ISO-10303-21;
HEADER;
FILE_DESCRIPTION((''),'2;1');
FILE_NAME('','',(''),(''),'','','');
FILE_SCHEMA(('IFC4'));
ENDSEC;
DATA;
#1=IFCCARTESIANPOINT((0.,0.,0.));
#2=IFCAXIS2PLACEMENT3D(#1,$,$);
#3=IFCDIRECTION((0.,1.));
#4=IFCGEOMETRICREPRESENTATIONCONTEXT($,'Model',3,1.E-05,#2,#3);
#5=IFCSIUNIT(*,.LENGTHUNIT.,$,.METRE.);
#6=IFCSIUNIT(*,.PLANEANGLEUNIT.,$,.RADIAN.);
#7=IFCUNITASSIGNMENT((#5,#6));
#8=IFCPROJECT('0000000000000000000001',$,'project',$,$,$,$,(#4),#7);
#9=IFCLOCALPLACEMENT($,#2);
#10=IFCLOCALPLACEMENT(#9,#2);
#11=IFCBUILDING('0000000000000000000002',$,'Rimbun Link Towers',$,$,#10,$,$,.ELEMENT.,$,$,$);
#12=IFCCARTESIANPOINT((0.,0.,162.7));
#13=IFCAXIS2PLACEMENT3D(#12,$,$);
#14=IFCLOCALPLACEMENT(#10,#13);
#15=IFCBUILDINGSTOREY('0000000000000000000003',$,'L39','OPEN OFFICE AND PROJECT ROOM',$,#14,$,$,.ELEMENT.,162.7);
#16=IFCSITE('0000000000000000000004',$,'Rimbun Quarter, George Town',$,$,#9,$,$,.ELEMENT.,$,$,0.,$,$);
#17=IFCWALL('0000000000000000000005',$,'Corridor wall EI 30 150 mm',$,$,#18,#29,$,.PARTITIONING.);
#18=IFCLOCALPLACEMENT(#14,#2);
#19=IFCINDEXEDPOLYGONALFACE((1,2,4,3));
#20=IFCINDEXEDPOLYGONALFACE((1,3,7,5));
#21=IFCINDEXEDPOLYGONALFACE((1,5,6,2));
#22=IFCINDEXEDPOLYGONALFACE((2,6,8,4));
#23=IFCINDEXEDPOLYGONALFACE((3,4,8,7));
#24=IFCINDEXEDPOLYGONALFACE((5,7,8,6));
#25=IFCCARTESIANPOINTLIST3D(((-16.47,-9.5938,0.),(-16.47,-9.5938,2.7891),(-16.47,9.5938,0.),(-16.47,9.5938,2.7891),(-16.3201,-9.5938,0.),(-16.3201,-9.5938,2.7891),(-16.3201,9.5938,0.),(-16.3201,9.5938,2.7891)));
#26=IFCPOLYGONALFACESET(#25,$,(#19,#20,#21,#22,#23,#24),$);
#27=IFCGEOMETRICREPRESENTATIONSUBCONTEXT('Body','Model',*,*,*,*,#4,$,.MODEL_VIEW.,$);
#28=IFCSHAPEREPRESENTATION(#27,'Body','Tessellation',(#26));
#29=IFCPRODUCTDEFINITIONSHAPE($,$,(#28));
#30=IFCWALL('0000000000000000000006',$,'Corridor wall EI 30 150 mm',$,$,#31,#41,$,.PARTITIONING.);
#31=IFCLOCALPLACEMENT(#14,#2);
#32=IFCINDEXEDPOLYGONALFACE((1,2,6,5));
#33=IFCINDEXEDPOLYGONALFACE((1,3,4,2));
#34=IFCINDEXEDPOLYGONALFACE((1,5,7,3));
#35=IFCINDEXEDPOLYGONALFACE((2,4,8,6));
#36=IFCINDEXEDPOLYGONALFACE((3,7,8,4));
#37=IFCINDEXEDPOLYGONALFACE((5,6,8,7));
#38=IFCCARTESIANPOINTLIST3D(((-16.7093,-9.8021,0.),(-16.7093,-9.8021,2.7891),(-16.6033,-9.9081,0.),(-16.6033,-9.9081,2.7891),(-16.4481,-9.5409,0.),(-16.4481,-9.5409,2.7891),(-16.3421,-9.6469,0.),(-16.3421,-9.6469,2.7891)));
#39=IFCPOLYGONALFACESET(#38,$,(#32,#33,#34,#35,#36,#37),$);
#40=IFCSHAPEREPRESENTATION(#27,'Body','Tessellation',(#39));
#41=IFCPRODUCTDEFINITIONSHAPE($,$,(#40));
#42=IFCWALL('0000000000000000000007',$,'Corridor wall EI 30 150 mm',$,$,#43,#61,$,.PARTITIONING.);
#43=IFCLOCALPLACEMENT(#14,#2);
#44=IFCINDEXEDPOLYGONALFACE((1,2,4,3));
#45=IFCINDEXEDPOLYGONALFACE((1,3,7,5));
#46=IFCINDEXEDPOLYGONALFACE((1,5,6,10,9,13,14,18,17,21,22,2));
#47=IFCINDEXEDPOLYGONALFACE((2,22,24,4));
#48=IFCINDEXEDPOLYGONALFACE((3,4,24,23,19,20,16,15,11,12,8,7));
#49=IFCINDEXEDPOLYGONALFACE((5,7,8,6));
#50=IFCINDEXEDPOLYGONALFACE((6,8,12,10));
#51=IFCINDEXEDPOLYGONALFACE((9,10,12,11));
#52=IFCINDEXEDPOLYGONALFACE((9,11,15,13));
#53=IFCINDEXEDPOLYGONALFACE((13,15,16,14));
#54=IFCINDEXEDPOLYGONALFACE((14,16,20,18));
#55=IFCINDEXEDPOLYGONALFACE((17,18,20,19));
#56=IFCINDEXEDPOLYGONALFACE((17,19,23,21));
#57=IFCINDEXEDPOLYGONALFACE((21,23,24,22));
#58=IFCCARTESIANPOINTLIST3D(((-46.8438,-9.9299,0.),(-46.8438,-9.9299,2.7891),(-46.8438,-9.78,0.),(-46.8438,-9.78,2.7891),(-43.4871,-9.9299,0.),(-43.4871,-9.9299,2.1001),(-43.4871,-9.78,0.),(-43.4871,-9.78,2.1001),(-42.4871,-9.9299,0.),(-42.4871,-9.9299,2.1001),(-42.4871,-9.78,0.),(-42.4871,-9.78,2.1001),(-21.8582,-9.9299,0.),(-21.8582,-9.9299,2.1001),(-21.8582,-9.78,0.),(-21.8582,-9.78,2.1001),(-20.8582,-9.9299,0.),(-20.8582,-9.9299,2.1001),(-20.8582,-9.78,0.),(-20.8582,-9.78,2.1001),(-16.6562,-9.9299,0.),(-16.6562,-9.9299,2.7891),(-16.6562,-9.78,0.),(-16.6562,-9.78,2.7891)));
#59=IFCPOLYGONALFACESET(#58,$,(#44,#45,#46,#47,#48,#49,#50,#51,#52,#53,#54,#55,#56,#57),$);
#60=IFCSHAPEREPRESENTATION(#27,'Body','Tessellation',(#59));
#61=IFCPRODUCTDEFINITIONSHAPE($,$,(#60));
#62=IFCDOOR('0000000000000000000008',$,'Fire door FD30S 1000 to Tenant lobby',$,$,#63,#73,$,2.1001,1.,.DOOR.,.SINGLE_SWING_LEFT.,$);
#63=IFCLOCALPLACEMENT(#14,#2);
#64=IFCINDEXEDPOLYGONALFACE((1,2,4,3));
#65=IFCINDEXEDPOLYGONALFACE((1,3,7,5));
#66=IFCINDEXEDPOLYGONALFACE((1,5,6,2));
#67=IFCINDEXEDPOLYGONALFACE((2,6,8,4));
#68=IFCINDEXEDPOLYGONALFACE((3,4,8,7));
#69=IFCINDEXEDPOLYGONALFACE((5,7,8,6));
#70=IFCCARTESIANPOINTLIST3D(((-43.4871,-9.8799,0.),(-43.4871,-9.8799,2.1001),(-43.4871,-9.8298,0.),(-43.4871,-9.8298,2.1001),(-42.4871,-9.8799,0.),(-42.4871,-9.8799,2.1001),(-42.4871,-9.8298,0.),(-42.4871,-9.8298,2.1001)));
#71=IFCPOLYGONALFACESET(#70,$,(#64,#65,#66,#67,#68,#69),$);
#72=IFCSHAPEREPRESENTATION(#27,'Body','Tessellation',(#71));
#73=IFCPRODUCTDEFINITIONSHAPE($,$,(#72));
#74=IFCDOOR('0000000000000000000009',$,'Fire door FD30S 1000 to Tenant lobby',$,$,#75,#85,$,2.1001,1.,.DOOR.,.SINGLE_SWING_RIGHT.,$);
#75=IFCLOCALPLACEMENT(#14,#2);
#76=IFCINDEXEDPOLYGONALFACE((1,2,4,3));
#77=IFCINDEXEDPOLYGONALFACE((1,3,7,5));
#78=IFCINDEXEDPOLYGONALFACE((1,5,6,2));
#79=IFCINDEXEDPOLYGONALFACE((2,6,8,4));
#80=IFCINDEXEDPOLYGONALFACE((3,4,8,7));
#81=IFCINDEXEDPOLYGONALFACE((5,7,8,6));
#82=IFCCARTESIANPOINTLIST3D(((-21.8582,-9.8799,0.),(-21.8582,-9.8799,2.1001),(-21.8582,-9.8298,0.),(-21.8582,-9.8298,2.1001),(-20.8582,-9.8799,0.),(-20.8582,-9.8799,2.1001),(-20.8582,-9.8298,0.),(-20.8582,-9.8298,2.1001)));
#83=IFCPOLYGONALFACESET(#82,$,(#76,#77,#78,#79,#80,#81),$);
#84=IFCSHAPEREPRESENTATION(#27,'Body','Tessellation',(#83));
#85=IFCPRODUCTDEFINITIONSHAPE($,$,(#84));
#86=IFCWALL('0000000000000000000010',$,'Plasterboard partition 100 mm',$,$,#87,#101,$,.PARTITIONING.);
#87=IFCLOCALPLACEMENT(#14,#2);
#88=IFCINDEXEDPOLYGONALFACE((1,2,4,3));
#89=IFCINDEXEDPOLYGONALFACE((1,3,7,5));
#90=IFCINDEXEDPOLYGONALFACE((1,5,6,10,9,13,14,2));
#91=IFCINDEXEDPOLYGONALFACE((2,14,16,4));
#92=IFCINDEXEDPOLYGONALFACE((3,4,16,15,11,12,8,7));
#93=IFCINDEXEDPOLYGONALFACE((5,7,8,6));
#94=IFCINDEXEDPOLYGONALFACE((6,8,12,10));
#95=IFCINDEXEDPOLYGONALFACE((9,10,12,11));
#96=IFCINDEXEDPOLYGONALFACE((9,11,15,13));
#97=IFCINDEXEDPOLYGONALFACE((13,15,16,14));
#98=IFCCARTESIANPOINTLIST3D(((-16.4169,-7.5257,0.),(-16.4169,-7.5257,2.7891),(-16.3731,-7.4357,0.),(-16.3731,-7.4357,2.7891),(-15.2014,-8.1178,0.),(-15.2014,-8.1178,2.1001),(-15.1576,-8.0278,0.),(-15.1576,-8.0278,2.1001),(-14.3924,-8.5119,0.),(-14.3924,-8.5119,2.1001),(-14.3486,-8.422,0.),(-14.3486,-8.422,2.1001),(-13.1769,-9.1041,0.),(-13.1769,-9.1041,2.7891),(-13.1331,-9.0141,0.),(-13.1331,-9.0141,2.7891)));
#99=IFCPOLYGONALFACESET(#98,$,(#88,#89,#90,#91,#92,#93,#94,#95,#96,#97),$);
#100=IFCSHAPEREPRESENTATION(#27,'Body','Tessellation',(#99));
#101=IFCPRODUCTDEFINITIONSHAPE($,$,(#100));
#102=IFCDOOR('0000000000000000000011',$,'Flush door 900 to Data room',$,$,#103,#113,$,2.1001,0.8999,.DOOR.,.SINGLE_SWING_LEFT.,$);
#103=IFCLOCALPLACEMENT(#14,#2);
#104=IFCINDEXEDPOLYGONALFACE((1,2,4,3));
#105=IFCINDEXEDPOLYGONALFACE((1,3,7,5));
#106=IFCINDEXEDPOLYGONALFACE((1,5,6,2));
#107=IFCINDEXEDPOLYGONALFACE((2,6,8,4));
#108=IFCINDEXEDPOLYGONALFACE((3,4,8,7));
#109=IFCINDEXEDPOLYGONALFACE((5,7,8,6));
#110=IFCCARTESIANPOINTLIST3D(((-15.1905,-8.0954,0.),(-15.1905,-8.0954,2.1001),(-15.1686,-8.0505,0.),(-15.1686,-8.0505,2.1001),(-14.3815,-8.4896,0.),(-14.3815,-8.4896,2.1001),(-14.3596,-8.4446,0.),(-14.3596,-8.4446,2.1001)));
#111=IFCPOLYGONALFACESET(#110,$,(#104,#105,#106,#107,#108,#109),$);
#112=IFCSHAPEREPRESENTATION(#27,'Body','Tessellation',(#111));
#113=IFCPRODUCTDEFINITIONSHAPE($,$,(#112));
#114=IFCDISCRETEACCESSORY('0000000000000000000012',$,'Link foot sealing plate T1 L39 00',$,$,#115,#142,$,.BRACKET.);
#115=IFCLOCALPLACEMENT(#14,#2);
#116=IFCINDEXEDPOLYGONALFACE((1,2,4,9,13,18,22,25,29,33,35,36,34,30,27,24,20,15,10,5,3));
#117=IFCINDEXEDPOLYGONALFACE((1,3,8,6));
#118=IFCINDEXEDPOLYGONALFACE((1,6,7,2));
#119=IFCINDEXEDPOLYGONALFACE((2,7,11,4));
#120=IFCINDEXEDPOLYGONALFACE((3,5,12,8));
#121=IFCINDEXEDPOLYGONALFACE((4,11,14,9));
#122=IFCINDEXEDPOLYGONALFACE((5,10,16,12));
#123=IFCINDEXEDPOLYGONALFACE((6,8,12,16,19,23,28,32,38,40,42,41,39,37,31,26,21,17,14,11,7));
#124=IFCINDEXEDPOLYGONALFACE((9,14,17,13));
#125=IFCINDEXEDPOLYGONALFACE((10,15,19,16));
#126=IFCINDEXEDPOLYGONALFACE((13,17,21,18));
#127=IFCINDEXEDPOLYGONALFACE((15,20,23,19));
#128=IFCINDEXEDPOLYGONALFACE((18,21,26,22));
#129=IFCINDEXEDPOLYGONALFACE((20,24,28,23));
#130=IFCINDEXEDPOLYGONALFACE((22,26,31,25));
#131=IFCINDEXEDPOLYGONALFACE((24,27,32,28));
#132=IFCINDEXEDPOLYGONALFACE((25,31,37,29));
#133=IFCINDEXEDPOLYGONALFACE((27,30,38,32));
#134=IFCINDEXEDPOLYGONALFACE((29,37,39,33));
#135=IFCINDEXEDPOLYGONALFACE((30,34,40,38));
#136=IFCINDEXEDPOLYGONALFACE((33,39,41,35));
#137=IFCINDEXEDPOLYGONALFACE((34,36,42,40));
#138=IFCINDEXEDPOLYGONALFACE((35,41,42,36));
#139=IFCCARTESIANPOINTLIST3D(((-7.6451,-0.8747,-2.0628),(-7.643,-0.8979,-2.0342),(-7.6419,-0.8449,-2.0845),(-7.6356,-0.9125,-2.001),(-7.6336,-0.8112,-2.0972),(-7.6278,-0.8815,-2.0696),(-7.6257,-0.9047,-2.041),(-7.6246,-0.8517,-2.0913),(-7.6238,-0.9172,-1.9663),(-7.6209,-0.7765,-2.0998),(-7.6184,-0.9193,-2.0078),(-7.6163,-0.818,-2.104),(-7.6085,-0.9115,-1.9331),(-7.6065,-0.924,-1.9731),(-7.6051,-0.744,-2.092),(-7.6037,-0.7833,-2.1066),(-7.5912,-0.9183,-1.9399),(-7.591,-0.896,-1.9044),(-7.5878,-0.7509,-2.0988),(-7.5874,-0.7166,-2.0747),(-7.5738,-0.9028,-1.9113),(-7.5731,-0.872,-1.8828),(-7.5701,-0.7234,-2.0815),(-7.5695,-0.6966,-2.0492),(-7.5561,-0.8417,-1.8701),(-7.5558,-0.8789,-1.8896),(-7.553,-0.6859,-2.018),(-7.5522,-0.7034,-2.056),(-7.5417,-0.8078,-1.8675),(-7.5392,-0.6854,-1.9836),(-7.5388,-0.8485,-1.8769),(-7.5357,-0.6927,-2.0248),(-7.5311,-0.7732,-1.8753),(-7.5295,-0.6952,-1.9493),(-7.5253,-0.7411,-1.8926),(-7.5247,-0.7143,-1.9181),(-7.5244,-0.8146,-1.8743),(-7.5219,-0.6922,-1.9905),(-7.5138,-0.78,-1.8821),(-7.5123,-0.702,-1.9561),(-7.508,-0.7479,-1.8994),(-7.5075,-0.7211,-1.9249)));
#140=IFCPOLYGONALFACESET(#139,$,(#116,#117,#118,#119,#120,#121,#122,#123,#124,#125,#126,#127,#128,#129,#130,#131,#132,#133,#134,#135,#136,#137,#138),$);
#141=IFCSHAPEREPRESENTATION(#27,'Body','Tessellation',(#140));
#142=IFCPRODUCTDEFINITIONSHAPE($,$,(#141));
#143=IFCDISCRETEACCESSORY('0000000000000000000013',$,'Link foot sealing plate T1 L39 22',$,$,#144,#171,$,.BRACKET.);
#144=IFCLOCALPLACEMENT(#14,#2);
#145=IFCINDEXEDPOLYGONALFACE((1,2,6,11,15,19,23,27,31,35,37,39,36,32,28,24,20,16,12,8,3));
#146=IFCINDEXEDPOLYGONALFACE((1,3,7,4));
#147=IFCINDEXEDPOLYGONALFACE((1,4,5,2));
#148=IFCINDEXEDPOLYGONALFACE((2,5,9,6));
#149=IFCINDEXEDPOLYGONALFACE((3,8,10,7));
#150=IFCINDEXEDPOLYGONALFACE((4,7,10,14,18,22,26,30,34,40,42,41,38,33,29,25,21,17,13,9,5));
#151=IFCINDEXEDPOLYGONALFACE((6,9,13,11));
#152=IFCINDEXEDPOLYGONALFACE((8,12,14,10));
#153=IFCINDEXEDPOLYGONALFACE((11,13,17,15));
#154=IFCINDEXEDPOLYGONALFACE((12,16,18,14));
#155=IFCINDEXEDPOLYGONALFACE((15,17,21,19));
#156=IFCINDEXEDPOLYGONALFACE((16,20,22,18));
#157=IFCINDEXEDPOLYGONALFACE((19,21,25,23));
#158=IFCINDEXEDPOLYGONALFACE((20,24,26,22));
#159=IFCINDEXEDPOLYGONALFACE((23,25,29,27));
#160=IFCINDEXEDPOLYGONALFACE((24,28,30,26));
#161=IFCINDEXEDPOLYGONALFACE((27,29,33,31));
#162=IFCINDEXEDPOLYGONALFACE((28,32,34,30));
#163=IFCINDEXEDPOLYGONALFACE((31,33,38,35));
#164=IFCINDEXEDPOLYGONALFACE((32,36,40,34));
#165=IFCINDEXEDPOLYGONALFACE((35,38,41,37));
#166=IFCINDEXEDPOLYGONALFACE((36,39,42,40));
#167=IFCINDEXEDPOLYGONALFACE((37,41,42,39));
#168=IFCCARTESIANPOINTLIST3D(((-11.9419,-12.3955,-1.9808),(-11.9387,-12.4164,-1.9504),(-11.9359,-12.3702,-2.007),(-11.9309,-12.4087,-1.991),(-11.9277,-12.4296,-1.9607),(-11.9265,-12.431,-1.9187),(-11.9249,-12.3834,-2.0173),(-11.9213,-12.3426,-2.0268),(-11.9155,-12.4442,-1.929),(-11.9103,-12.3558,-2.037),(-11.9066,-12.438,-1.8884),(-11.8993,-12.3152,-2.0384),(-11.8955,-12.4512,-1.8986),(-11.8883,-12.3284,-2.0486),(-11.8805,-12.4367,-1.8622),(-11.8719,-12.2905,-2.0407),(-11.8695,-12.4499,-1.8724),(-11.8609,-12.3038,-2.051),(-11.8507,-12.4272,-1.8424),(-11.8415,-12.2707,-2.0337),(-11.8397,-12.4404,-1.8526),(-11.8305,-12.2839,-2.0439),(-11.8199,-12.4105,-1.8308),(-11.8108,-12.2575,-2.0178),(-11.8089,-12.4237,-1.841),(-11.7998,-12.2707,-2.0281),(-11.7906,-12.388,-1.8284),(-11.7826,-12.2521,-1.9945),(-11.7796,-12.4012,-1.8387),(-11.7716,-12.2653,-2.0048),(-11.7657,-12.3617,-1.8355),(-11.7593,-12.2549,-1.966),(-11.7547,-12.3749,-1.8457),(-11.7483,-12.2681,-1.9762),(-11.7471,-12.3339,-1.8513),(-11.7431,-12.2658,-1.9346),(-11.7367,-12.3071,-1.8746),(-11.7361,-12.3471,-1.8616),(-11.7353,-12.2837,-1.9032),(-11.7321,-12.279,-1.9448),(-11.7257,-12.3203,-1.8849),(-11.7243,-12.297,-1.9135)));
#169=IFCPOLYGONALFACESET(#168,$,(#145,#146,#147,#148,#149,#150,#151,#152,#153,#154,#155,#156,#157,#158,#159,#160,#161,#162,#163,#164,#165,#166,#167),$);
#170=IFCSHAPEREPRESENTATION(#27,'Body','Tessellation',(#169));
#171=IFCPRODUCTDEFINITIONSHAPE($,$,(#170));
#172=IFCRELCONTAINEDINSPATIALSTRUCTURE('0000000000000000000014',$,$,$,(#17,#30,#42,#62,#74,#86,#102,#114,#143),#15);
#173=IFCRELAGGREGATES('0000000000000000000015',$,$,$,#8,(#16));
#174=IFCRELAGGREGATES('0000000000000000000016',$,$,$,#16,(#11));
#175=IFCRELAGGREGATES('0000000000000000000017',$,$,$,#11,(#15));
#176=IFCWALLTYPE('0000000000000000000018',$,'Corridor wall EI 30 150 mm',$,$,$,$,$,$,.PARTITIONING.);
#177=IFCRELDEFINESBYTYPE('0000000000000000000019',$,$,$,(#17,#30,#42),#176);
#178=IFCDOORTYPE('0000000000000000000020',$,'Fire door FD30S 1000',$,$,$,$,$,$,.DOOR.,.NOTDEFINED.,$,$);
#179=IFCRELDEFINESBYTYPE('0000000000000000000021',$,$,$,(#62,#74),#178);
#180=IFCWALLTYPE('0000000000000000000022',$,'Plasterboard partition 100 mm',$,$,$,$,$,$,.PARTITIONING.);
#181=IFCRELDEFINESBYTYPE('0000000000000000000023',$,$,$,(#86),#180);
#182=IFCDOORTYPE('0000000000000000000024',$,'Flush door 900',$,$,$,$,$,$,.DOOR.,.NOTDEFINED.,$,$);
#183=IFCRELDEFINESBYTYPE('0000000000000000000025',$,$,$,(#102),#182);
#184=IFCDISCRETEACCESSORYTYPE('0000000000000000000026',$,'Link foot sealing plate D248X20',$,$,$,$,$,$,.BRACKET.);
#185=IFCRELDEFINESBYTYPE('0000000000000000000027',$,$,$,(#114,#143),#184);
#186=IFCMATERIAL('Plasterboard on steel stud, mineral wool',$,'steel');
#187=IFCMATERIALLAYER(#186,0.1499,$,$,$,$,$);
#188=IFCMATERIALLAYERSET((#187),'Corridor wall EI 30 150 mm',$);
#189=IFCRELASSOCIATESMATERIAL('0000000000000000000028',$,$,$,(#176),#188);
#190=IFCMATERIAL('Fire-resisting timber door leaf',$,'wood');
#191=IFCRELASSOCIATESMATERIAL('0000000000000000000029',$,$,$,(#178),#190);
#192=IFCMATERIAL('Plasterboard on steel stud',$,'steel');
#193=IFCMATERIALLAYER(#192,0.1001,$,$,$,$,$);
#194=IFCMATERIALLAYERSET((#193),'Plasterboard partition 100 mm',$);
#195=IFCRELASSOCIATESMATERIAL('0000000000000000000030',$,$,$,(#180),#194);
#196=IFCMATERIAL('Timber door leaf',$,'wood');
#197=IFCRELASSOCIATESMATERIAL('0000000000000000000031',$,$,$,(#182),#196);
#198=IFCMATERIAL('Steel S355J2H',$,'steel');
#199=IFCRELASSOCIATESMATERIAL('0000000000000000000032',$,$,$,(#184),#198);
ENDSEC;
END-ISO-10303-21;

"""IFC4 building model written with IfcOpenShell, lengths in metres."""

from ifc_helpers import new_model, si_unit, direction, frame, frame_2d, origin, origin_2d, place, context, subcontext, project, spatial, rectangle, circle, extrude, material, layer, layer_set, material_profile, profile_set, type_object, element, fill, save


model = new_model("IFC4")

# Units and contexts
model_context = context("Model", 3, precision=1e-05, world=origin(), true_north=direction((0.0, 1.0)))
body_context = subcontext(model_context, "Body", "Model", "MODEL_VIEW")
ifc_project = project(units=[si_unit("LENGTHUNIT", "METRE"), si_unit("PLANEANGLEUNIT", "RADIAN")], contexts=[model_context])

# Site, building, storey
site_placement = place(None, origin())
site = spatial("IfcSite", under=ifc_project, at=site_placement, Name="Rimbun Quarter, George Town", CompositionType="ELEMENT", RefElevation=0.0)
building_placement = place(site_placement, origin())
building = spatial("IfcBuilding", under=site, at=building_placement, Name="Rimbun Link Towers", CompositionType="ELEMENT")
storey_placement = place(building_placement, frame((0.0, 0.0, 162.7)))
storey = spatial("IfcBuildingStorey", under=building, at=storey_placement, Name="L39", Description="OPEN OFFICE AND PROJECT ROOM", CompositionType="ELEMENT", Elevation=162.7)

# Walls
ifc_material_1 = material(Name="Plasterboard on steel stud, mineral wool", Category="steel")
ifc_layer_1 = layer(ifc_material_1, 0.1499)
ifc_layer_set_1 = layer_set([ifc_layer_1], Name="Corridor wall EI 30 150 mm")
wall_type_1 = type_object("IfcWallType", Name="Corridor wall EI 30 150 mm", PredefinedType="PARTITIONING", material=ifc_layer_set_1)
wall_1_placement = place(storey_placement, frame((-16.395, -9.5938, 0.0), z_axis=(0.0, 0.0, 1.0), x_axis=(0.0, 1.0, 0.0)))
element("IfcWall", 1, at=wall_1_placement, inside=storey, type_object=wall_type_1, Name="Corridor wall EI 30 150 mm", PredefinedType="PARTITIONING", context=body_context, shape_type="SweptSolid", body=[
    extrude(rectangle(XDim=19.1875, YDim=0.1499, at=frame_2d((9.5938, 0.0))), origin(), (0.0, 0.0, 1.0), 2.7891),
])
wall_2_placement = place(storey_placement, frame((-16.6562, -9.855, 0.0), z_axis=(0.0, 0.0, 1.0), x_axis=(0.707107, 0.707107, 0.0)))
element("IfcWall", 2, at=wall_2_placement, inside=storey, type_object=wall_type_1, Name="Corridor wall EI 30 150 mm", PredefinedType="PARTITIONING", context=body_context, shape_type="SweptSolid", body=[
    extrude(rectangle(XDim=0.3694, YDim=0.1499, at=frame_2d((0.1846, 0.0))), origin(), (0.0, 0.0, 1.0), 2.7891),
])

# Wall, openings, doors
wall_3_placement = place(storey_placement, frame((-16.6562, -9.855, 0.0), z_axis=(0.0, 0.0, 1.0), x_axis=(-1.0, 0.0, 0.0)))
wall_3 = element("IfcWall", 3, at=wall_3_placement, inside=storey, type_object=wall_type_1, Name="Corridor wall EI 30 150 mm", PredefinedType="PARTITIONING", context=body_context, shape_type="SweptSolid", body=[
    extrude(rectangle(XDim=30.1875, YDim=0.1499, at=frame_2d((15.0938, 0.0))), origin(), (0.0, 0.0, 1.0), 2.7891),
])
opening_1_placement = place(wall_3_placement, frame((25.8308, 0.0, 0.0)))
opening_1 = element("IfcOpeningElement", 4, at=opening_1_placement, cuts=wall_3, PredefinedType="OPENING", context=body_context, shape_type="SweptSolid", body=[
    extrude(rectangle(XDim=1.0, YDim=2.1001, at=frame_2d((0.5, 1.05))), frame((0.0, 0.085, 0.0), z_axis=(0.0, -1.0, 0.0), x_axis=(1.0, 0.0, 0.0)), (0.0, 0.0, 1.0), 0.1699),
])
opening_2_placement = place(wall_3_placement, frame((4.2019, 0.0, 0.0)))
opening_2 = element("IfcOpeningElement", 5, at=opening_2_placement, cuts=wall_3, PredefinedType="OPENING", context=body_context, shape_type="SweptSolid", body=[
    extrude(rectangle(XDim=1.0, YDim=2.1001, at=frame_2d((0.5, 1.05))), frame((0.0, 0.085, 0.0), z_axis=(0.0, -1.0, 0.0), x_axis=(1.0, 0.0, 0.0)), (0.0, 0.0, 1.0), 0.1699),
])
ifc_material_2 = material(Name="Fire-resisting timber door leaf", Category="wood")
door_type_1 = type_object("IfcDoorType", Name="Fire door FD30S 1000", OperationType="NOTDEFINED", PredefinedType="DOOR", material=ifc_material_2)
door_1_placement = place(opening_1_placement, origin())
door_1 = element("IfcDoor", 6, at=door_1_placement, inside=storey, type_object=door_type_1, Name="Fire door FD30S 1000 to Tenant lobby", OperationType="SINGLE_SWING_LEFT", OverallHeight=2.1001, OverallWidth=1.0, PredefinedType="DOOR", context=body_context, shape_type="SweptSolid", body=[
    extrude(rectangle(XDim=1.0, YDim=2.1001, at=frame_2d((0.5, 1.05))), frame((0.0, 0.0249, 0.0), z_axis=(0.0, -1.0, 0.0), x_axis=(1.0, 0.0, 0.0)), (0.0, 0.0, 1.0), 0.05),
])
fill(opening_1, door_1)
door_2_placement = place(opening_2_placement, origin())
door_2 = element("IfcDoor", 7, at=door_2_placement, inside=storey, type_object=door_type_1, Name="Fire door FD30S 1000 to Tenant lobby", OperationType="SINGLE_SWING_RIGHT", OverallHeight=2.1001, OverallWidth=1.0, PredefinedType="DOOR", context=body_context, shape_type="SweptSolid", body=[
    extrude(rectangle(XDim=1.0, YDim=2.1001, at=frame_2d((0.5, 1.05))), frame((0.0, 0.0249, 0.0), z_axis=(0.0, -1.0, 0.0), x_axis=(1.0, 0.0, 0.0)), (0.0, 0.0, 1.0), 0.05),
])
fill(opening_2, door_2)

# Wall, opening, door
ifc_material_3 = material(Name="Plasterboard on steel stud", Category="steel")
ifc_layer_2 = layer(ifc_material_3, 0.1001)
ifc_layer_set_2 = layer_set([ifc_layer_2], Name="Plasterboard partition 100 mm")
wall_type_2 = type_object("IfcWallType", Name="Plasterboard partition 100 mm", PredefinedType="PARTITIONING", material=ifc_layer_set_2)
wall_4_placement = place(storey_placement, frame((-16.395, -7.4807, 0.0), z_axis=(0.0, 0.0, 1.0), x_axis=(0.898999, -0.43795, 0.0)))
wall_4 = element("IfcWall", 8, at=wall_4_placement, inside=storey, type_object=wall_type_2, Name="Plasterboard partition 100 mm", PredefinedType="PARTITIONING", context=body_context, shape_type="SweptSolid", body=[
    extrude(rectangle(XDim=3.604, YDim=0.1001, at=frame_2d((1.802, 0.0))), origin(), (0.0, 0.0, 1.0), 2.7891),
])
opening_3_placement = place(wall_4_placement, frame((1.3521, 0.0, 0.0)))
opening_3 = element("IfcOpeningElement", 9, at=opening_3_placement, cuts=wall_4, PredefinedType="OPENING", context=body_context, shape_type="SweptSolid", body=[
    extrude(rectangle(XDim=0.8999, YDim=2.1001, at=frame_2d((0.45, 1.05))), frame((0.0, 0.0601, 0.0), z_axis=(0.0, -1.0, 0.0), x_axis=(1.0, 0.0, 0.0)), (0.0, 0.0, 1.0), 0.1201),
])
ifc_material_4 = material(Name="Timber door leaf", Category="wood")
door_type_2 = type_object("IfcDoorType", Name="Flush door 900", OperationType="NOTDEFINED", PredefinedType="DOOR", material=ifc_material_4)
door_3_placement = place(opening_3_placement, origin())
door_3 = element("IfcDoor", 10, at=door_3_placement, inside=storey, type_object=door_type_2, Name="Flush door 900 to Data room", OperationType="SINGLE_SWING_LEFT", OverallHeight=2.1001, OverallWidth=0.8999, PredefinedType="DOOR", context=body_context, shape_type="SweptSolid", body=[
    extrude(rectangle(XDim=0.8999, YDim=2.1001, at=frame_2d((0.45, 1.05))), frame((0.0, 0.0249, 0.0), z_axis=(0.0, -1.0, 0.0), x_axis=(1.0, 0.0, 0.0)), (0.0, 0.0, 1.0), 0.05),
])
fill(opening_3, door_3)

# Discrete accessories
ifc_material_5 = material(Name="Steel S355J2H", Category="steel")
ifc_material_profile_1 = material_profile(ifc_material_5, circle(Radius=0.124, at=origin_2d()), Name="PL D248")
ifc_profile_set_1 = profile_set([ifc_material_profile_1], Name="Steel S355J2H")
discrete_accessory_type_1 = type_object("IfcDiscreteAccessoryType", Name="Link foot sealing plate D248X20", PredefinedType="BRACKET", material=ifc_profile_set_1)
discrete_accessory_1_placement = place(storey_placement, frame((-7.5847, -0.8008, -1.9836), z_axis=(0.873354, -0.344421, -0.344421), x_axis=(0.366868, 0.930273, 0.0)))
element("IfcDiscreteAccessory", 11, at=discrete_accessory_1_placement, inside=storey, type_object=discrete_accessory_type_1, Name="Link foot sealing plate T1 L39 00", PredefinedType="BRACKET", context=body_context, shape_type="SweptSolid", body=[
    extrude(circle(Radius=0.124, at=origin_2d()), origin(), (0.0, 0.0, 1.0), 0.0198),
])
discrete_accessory_2_placement = place(storey_placement, frame((-11.8384, -12.3452, -1.9346), z_axis=(0.549557, -0.659469, -0.51292), x_axis=(0.768221, 0.640184, 0.0)))
element("IfcDiscreteAccessory", 12, at=discrete_accessory_2_placement, inside=storey, type_object=discrete_accessory_type_1, Name="Link foot sealing plate T1 L39 22", PredefinedType="BRACKET", context=body_context, shape_type="SweptSolid", body=[
    extrude(circle(Radius=0.124, at=origin_2d()), origin(), (0.0, 0.0, 1.0), 0.02),
])

save(model, "model.ifc")
